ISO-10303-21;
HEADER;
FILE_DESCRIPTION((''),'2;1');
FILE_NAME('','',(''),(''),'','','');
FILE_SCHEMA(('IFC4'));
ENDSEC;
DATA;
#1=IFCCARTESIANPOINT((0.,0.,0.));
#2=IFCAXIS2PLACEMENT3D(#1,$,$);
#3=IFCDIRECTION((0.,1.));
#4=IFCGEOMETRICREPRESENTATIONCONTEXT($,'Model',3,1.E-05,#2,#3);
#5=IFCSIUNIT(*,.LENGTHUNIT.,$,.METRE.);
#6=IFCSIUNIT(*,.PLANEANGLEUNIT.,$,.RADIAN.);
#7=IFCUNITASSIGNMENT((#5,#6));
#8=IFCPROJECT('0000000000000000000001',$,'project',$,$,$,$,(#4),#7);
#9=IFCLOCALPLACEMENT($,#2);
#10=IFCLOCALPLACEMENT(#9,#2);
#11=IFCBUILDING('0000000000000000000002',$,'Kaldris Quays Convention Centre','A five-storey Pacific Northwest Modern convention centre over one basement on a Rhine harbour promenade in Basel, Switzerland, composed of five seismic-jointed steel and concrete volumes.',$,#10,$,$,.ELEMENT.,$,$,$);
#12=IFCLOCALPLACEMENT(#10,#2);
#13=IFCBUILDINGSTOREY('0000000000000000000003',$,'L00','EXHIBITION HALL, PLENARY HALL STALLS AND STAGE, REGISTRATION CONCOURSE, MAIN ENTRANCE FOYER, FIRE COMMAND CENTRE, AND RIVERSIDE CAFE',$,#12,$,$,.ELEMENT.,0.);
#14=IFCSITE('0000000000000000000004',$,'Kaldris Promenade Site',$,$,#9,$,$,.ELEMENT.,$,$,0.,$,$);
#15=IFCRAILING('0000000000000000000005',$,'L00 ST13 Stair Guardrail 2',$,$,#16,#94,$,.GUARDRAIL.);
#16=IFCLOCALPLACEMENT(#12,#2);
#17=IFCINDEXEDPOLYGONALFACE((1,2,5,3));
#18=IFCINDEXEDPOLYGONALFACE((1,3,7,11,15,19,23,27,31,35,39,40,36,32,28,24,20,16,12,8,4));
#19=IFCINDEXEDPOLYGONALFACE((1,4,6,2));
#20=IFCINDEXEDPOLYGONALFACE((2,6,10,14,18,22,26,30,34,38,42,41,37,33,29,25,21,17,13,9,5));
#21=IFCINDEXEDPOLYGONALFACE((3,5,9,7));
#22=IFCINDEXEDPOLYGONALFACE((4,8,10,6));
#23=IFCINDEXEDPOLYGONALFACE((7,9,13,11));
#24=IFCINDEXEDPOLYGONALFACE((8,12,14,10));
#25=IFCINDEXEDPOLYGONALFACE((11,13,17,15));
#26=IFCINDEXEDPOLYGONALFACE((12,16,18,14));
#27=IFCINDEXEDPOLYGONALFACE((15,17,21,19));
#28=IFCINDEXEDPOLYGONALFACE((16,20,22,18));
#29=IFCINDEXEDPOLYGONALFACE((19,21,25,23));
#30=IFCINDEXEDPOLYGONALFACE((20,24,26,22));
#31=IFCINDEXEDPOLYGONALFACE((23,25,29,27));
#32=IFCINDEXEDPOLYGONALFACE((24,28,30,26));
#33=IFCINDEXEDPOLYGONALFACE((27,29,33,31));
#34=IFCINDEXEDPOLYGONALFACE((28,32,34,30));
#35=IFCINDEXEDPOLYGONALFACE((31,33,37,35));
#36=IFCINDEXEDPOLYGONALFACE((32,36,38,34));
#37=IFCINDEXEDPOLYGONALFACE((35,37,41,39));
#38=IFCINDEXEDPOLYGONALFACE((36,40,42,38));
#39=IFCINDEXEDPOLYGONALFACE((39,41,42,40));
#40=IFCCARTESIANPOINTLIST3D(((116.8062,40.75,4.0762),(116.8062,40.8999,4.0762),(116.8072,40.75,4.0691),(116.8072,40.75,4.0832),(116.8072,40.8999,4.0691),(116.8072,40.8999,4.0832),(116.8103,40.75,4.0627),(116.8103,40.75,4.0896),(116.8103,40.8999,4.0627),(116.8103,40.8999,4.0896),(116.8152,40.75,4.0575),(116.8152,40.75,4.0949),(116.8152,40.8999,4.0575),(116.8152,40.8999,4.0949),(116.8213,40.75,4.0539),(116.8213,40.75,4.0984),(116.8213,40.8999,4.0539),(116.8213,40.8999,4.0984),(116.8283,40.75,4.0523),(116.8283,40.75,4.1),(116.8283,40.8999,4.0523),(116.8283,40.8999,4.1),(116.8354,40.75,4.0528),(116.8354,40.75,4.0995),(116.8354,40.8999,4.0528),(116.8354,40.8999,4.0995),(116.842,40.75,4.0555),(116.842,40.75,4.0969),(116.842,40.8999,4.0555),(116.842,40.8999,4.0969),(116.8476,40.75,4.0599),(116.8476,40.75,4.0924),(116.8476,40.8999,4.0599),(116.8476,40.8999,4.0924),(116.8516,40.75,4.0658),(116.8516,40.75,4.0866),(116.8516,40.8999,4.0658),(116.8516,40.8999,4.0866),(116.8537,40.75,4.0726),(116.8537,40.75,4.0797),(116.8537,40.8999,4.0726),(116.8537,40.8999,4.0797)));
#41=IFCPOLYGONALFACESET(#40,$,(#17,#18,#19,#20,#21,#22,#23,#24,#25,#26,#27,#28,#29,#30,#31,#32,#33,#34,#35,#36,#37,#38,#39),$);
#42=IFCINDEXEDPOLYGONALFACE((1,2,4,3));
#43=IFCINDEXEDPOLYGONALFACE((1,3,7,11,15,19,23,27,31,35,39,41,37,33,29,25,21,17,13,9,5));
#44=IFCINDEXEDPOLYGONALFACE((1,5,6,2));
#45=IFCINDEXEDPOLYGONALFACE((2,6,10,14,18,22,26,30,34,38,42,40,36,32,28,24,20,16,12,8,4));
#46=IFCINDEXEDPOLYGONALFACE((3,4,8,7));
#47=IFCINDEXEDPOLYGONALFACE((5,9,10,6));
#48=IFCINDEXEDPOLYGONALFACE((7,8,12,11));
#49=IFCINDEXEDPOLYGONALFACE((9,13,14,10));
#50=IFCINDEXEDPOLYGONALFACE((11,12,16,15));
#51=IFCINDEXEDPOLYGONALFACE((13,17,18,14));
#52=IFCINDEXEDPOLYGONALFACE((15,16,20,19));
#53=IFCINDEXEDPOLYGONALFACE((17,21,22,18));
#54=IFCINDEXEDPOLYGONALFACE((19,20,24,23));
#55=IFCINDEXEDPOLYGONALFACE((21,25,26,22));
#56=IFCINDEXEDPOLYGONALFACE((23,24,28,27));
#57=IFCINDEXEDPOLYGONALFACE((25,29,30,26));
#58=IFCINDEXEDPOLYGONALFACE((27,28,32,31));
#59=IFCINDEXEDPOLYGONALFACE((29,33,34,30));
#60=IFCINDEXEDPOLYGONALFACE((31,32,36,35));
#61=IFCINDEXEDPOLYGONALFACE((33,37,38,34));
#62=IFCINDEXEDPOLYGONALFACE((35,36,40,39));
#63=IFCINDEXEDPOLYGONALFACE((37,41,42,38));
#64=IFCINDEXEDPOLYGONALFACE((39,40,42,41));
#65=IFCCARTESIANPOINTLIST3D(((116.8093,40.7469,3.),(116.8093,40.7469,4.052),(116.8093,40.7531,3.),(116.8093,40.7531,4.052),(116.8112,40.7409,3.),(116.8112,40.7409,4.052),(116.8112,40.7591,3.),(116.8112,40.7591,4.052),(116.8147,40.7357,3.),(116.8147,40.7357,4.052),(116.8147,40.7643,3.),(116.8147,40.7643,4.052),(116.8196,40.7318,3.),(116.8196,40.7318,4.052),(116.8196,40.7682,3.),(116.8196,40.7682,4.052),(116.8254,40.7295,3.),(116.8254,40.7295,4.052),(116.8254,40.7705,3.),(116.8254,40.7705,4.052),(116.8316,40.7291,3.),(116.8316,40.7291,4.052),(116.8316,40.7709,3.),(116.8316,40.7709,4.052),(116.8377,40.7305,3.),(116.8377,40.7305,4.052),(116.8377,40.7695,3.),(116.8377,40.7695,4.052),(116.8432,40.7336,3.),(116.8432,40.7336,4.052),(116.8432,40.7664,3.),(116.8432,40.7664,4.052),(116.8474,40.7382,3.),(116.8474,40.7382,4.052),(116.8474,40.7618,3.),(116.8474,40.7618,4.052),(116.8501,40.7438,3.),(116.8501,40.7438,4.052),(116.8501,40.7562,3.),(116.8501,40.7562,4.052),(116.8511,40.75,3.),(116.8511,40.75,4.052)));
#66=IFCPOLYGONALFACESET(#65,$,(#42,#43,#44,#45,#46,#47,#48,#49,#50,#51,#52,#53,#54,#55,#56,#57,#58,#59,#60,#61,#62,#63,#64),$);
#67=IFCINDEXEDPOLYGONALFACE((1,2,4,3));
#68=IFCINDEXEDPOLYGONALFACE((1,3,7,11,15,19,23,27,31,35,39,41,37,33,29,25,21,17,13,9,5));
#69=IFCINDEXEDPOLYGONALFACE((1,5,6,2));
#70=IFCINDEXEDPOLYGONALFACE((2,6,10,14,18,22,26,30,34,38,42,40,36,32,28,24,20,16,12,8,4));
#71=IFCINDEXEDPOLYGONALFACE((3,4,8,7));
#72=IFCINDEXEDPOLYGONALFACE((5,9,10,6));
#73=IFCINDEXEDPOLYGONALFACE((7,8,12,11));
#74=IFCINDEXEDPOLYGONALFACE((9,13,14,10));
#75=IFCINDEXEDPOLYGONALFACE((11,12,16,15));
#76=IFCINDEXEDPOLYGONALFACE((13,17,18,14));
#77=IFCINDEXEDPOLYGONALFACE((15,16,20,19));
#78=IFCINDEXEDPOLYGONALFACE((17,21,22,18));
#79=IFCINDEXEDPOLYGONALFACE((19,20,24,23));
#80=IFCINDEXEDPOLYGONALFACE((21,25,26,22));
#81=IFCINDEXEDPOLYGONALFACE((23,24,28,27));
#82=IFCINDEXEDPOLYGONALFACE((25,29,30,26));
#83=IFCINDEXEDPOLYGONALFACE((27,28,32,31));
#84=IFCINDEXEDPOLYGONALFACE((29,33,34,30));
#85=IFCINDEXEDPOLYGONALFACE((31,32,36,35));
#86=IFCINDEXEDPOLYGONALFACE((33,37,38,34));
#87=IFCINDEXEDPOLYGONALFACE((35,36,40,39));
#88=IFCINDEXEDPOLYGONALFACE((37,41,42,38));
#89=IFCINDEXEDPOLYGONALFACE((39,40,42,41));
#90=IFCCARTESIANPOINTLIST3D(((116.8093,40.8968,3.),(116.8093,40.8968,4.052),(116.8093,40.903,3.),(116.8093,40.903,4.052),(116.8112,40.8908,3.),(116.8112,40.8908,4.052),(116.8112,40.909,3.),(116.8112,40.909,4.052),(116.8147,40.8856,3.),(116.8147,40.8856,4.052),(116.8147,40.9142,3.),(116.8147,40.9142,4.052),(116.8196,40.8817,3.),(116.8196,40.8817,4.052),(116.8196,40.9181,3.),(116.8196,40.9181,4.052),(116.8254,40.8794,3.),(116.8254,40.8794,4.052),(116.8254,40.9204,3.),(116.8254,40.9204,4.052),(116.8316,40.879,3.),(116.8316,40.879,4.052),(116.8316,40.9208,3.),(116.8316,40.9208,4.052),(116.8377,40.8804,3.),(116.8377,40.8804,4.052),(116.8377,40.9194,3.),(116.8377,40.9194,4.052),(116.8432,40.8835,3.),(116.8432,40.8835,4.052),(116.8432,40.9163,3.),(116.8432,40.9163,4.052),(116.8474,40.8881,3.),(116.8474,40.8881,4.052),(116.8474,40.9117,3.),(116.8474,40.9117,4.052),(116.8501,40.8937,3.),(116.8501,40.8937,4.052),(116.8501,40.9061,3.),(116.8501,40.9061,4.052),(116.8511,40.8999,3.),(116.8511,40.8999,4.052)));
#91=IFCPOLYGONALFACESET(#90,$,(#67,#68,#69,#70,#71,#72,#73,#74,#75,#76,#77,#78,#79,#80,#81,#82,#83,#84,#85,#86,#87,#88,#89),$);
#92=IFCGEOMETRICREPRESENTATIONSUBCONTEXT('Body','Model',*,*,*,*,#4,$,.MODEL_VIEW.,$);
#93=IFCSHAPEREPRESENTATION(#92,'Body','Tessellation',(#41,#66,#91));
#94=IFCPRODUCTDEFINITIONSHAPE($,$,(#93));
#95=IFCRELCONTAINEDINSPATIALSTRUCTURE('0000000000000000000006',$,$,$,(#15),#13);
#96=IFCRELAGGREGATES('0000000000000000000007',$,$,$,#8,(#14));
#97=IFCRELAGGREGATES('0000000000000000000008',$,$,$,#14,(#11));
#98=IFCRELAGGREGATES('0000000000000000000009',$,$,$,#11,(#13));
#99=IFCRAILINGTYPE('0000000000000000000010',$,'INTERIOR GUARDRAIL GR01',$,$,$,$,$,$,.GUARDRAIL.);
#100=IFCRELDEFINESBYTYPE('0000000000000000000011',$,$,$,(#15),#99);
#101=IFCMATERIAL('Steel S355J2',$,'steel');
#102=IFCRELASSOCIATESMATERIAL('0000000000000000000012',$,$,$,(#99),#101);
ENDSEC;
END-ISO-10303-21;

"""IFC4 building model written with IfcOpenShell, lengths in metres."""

from ifc_helpers import new_model, si_unit, direction, frame, origin, origin_2d, place, context, subcontext, project, spatial, circle, extrude, material, type_object, element, save


model = new_model("IFC4")

# Units and contexts
model_context = context("Model", 3, precision=1e-05, world=origin(), true_north=direction((0.0, 1.0)))
body_context = subcontext(model_context, "Body", "Model", "MODEL_VIEW")
ifc_project = project(units=[si_unit("LENGTHUNIT", "METRE"), si_unit("PLANEANGLEUNIT", "RADIAN")], contexts=[model_context])

# Site, building, storey
site_placement = place(None, origin())
site = spatial("IfcSite", under=ifc_project, at=site_placement, Name="Kaldris Promenade Site", CompositionType="ELEMENT", RefElevation=0.0)
building_placement = place(site_placement, origin())
building = spatial("IfcBuilding", under=site, at=building_placement, Name="Kaldris Quays Convention Centre", Description="A five-storey Pacific Northwest Modern convention centre over one basement on a Rhine harbour promenade in Basel, Switzerland, composed of five seismic-jointed steel and concrete volumes.", CompositionType="ELEMENT")
storey_placement = place(building_placement, origin())
storey = spatial("IfcBuildingStorey", under=building, at=storey_placement, Name="L00", Description="EXHIBITION HALL, PLENARY HALL STALLS AND STAGE, REGISTRATION CONCOURSE, MAIN ENTRANCE FOYER, FIRE COMMAND CENTRE, AND RIVERSIDE CAFE", CompositionType="ELEMENT", Elevation=0.0)

# Railing
ifc_material_1 = material(Name="Steel S355J2", Category="steel")
railing_type_1 = type_object("IfcRailingType", Name="INTERIOR GUARDRAIL GR01", PredefinedType="GUARDRAIL", material=ifc_material_1)
railing_1_placement = place(storey_placement, frame((116.8301, 40.75, 3.0)))
element("IfcRailing", 1, at=railing_1_placement, inside=storey, type_object=railing_type_1, Name="L00 ST13 Stair Guardrail 2", PredefinedType="GUARDRAIL", context=body_context, shape_type="SweptSolid", body=[
    extrude(circle(Radius=0.0239, at=origin_2d()), frame((0.0, 0.0, 1.0762), z_axis=(0.0, 1.0, 0.0), x_axis=(-1.0, 0.0, 0.0)), (0.0, 0.0, 1.0), 0.1499),
    extrude(circle(Radius=0.021, at=origin_2d()), origin(), (0.0, 0.0, 1.0), 1.052),
    extrude(circle(Radius=0.021, at=origin_2d()), frame((0.0, 0.1499, 0.0)), (0.0, 0.0, 1.0), 1.052),
])

save(model, "model.ifc")
